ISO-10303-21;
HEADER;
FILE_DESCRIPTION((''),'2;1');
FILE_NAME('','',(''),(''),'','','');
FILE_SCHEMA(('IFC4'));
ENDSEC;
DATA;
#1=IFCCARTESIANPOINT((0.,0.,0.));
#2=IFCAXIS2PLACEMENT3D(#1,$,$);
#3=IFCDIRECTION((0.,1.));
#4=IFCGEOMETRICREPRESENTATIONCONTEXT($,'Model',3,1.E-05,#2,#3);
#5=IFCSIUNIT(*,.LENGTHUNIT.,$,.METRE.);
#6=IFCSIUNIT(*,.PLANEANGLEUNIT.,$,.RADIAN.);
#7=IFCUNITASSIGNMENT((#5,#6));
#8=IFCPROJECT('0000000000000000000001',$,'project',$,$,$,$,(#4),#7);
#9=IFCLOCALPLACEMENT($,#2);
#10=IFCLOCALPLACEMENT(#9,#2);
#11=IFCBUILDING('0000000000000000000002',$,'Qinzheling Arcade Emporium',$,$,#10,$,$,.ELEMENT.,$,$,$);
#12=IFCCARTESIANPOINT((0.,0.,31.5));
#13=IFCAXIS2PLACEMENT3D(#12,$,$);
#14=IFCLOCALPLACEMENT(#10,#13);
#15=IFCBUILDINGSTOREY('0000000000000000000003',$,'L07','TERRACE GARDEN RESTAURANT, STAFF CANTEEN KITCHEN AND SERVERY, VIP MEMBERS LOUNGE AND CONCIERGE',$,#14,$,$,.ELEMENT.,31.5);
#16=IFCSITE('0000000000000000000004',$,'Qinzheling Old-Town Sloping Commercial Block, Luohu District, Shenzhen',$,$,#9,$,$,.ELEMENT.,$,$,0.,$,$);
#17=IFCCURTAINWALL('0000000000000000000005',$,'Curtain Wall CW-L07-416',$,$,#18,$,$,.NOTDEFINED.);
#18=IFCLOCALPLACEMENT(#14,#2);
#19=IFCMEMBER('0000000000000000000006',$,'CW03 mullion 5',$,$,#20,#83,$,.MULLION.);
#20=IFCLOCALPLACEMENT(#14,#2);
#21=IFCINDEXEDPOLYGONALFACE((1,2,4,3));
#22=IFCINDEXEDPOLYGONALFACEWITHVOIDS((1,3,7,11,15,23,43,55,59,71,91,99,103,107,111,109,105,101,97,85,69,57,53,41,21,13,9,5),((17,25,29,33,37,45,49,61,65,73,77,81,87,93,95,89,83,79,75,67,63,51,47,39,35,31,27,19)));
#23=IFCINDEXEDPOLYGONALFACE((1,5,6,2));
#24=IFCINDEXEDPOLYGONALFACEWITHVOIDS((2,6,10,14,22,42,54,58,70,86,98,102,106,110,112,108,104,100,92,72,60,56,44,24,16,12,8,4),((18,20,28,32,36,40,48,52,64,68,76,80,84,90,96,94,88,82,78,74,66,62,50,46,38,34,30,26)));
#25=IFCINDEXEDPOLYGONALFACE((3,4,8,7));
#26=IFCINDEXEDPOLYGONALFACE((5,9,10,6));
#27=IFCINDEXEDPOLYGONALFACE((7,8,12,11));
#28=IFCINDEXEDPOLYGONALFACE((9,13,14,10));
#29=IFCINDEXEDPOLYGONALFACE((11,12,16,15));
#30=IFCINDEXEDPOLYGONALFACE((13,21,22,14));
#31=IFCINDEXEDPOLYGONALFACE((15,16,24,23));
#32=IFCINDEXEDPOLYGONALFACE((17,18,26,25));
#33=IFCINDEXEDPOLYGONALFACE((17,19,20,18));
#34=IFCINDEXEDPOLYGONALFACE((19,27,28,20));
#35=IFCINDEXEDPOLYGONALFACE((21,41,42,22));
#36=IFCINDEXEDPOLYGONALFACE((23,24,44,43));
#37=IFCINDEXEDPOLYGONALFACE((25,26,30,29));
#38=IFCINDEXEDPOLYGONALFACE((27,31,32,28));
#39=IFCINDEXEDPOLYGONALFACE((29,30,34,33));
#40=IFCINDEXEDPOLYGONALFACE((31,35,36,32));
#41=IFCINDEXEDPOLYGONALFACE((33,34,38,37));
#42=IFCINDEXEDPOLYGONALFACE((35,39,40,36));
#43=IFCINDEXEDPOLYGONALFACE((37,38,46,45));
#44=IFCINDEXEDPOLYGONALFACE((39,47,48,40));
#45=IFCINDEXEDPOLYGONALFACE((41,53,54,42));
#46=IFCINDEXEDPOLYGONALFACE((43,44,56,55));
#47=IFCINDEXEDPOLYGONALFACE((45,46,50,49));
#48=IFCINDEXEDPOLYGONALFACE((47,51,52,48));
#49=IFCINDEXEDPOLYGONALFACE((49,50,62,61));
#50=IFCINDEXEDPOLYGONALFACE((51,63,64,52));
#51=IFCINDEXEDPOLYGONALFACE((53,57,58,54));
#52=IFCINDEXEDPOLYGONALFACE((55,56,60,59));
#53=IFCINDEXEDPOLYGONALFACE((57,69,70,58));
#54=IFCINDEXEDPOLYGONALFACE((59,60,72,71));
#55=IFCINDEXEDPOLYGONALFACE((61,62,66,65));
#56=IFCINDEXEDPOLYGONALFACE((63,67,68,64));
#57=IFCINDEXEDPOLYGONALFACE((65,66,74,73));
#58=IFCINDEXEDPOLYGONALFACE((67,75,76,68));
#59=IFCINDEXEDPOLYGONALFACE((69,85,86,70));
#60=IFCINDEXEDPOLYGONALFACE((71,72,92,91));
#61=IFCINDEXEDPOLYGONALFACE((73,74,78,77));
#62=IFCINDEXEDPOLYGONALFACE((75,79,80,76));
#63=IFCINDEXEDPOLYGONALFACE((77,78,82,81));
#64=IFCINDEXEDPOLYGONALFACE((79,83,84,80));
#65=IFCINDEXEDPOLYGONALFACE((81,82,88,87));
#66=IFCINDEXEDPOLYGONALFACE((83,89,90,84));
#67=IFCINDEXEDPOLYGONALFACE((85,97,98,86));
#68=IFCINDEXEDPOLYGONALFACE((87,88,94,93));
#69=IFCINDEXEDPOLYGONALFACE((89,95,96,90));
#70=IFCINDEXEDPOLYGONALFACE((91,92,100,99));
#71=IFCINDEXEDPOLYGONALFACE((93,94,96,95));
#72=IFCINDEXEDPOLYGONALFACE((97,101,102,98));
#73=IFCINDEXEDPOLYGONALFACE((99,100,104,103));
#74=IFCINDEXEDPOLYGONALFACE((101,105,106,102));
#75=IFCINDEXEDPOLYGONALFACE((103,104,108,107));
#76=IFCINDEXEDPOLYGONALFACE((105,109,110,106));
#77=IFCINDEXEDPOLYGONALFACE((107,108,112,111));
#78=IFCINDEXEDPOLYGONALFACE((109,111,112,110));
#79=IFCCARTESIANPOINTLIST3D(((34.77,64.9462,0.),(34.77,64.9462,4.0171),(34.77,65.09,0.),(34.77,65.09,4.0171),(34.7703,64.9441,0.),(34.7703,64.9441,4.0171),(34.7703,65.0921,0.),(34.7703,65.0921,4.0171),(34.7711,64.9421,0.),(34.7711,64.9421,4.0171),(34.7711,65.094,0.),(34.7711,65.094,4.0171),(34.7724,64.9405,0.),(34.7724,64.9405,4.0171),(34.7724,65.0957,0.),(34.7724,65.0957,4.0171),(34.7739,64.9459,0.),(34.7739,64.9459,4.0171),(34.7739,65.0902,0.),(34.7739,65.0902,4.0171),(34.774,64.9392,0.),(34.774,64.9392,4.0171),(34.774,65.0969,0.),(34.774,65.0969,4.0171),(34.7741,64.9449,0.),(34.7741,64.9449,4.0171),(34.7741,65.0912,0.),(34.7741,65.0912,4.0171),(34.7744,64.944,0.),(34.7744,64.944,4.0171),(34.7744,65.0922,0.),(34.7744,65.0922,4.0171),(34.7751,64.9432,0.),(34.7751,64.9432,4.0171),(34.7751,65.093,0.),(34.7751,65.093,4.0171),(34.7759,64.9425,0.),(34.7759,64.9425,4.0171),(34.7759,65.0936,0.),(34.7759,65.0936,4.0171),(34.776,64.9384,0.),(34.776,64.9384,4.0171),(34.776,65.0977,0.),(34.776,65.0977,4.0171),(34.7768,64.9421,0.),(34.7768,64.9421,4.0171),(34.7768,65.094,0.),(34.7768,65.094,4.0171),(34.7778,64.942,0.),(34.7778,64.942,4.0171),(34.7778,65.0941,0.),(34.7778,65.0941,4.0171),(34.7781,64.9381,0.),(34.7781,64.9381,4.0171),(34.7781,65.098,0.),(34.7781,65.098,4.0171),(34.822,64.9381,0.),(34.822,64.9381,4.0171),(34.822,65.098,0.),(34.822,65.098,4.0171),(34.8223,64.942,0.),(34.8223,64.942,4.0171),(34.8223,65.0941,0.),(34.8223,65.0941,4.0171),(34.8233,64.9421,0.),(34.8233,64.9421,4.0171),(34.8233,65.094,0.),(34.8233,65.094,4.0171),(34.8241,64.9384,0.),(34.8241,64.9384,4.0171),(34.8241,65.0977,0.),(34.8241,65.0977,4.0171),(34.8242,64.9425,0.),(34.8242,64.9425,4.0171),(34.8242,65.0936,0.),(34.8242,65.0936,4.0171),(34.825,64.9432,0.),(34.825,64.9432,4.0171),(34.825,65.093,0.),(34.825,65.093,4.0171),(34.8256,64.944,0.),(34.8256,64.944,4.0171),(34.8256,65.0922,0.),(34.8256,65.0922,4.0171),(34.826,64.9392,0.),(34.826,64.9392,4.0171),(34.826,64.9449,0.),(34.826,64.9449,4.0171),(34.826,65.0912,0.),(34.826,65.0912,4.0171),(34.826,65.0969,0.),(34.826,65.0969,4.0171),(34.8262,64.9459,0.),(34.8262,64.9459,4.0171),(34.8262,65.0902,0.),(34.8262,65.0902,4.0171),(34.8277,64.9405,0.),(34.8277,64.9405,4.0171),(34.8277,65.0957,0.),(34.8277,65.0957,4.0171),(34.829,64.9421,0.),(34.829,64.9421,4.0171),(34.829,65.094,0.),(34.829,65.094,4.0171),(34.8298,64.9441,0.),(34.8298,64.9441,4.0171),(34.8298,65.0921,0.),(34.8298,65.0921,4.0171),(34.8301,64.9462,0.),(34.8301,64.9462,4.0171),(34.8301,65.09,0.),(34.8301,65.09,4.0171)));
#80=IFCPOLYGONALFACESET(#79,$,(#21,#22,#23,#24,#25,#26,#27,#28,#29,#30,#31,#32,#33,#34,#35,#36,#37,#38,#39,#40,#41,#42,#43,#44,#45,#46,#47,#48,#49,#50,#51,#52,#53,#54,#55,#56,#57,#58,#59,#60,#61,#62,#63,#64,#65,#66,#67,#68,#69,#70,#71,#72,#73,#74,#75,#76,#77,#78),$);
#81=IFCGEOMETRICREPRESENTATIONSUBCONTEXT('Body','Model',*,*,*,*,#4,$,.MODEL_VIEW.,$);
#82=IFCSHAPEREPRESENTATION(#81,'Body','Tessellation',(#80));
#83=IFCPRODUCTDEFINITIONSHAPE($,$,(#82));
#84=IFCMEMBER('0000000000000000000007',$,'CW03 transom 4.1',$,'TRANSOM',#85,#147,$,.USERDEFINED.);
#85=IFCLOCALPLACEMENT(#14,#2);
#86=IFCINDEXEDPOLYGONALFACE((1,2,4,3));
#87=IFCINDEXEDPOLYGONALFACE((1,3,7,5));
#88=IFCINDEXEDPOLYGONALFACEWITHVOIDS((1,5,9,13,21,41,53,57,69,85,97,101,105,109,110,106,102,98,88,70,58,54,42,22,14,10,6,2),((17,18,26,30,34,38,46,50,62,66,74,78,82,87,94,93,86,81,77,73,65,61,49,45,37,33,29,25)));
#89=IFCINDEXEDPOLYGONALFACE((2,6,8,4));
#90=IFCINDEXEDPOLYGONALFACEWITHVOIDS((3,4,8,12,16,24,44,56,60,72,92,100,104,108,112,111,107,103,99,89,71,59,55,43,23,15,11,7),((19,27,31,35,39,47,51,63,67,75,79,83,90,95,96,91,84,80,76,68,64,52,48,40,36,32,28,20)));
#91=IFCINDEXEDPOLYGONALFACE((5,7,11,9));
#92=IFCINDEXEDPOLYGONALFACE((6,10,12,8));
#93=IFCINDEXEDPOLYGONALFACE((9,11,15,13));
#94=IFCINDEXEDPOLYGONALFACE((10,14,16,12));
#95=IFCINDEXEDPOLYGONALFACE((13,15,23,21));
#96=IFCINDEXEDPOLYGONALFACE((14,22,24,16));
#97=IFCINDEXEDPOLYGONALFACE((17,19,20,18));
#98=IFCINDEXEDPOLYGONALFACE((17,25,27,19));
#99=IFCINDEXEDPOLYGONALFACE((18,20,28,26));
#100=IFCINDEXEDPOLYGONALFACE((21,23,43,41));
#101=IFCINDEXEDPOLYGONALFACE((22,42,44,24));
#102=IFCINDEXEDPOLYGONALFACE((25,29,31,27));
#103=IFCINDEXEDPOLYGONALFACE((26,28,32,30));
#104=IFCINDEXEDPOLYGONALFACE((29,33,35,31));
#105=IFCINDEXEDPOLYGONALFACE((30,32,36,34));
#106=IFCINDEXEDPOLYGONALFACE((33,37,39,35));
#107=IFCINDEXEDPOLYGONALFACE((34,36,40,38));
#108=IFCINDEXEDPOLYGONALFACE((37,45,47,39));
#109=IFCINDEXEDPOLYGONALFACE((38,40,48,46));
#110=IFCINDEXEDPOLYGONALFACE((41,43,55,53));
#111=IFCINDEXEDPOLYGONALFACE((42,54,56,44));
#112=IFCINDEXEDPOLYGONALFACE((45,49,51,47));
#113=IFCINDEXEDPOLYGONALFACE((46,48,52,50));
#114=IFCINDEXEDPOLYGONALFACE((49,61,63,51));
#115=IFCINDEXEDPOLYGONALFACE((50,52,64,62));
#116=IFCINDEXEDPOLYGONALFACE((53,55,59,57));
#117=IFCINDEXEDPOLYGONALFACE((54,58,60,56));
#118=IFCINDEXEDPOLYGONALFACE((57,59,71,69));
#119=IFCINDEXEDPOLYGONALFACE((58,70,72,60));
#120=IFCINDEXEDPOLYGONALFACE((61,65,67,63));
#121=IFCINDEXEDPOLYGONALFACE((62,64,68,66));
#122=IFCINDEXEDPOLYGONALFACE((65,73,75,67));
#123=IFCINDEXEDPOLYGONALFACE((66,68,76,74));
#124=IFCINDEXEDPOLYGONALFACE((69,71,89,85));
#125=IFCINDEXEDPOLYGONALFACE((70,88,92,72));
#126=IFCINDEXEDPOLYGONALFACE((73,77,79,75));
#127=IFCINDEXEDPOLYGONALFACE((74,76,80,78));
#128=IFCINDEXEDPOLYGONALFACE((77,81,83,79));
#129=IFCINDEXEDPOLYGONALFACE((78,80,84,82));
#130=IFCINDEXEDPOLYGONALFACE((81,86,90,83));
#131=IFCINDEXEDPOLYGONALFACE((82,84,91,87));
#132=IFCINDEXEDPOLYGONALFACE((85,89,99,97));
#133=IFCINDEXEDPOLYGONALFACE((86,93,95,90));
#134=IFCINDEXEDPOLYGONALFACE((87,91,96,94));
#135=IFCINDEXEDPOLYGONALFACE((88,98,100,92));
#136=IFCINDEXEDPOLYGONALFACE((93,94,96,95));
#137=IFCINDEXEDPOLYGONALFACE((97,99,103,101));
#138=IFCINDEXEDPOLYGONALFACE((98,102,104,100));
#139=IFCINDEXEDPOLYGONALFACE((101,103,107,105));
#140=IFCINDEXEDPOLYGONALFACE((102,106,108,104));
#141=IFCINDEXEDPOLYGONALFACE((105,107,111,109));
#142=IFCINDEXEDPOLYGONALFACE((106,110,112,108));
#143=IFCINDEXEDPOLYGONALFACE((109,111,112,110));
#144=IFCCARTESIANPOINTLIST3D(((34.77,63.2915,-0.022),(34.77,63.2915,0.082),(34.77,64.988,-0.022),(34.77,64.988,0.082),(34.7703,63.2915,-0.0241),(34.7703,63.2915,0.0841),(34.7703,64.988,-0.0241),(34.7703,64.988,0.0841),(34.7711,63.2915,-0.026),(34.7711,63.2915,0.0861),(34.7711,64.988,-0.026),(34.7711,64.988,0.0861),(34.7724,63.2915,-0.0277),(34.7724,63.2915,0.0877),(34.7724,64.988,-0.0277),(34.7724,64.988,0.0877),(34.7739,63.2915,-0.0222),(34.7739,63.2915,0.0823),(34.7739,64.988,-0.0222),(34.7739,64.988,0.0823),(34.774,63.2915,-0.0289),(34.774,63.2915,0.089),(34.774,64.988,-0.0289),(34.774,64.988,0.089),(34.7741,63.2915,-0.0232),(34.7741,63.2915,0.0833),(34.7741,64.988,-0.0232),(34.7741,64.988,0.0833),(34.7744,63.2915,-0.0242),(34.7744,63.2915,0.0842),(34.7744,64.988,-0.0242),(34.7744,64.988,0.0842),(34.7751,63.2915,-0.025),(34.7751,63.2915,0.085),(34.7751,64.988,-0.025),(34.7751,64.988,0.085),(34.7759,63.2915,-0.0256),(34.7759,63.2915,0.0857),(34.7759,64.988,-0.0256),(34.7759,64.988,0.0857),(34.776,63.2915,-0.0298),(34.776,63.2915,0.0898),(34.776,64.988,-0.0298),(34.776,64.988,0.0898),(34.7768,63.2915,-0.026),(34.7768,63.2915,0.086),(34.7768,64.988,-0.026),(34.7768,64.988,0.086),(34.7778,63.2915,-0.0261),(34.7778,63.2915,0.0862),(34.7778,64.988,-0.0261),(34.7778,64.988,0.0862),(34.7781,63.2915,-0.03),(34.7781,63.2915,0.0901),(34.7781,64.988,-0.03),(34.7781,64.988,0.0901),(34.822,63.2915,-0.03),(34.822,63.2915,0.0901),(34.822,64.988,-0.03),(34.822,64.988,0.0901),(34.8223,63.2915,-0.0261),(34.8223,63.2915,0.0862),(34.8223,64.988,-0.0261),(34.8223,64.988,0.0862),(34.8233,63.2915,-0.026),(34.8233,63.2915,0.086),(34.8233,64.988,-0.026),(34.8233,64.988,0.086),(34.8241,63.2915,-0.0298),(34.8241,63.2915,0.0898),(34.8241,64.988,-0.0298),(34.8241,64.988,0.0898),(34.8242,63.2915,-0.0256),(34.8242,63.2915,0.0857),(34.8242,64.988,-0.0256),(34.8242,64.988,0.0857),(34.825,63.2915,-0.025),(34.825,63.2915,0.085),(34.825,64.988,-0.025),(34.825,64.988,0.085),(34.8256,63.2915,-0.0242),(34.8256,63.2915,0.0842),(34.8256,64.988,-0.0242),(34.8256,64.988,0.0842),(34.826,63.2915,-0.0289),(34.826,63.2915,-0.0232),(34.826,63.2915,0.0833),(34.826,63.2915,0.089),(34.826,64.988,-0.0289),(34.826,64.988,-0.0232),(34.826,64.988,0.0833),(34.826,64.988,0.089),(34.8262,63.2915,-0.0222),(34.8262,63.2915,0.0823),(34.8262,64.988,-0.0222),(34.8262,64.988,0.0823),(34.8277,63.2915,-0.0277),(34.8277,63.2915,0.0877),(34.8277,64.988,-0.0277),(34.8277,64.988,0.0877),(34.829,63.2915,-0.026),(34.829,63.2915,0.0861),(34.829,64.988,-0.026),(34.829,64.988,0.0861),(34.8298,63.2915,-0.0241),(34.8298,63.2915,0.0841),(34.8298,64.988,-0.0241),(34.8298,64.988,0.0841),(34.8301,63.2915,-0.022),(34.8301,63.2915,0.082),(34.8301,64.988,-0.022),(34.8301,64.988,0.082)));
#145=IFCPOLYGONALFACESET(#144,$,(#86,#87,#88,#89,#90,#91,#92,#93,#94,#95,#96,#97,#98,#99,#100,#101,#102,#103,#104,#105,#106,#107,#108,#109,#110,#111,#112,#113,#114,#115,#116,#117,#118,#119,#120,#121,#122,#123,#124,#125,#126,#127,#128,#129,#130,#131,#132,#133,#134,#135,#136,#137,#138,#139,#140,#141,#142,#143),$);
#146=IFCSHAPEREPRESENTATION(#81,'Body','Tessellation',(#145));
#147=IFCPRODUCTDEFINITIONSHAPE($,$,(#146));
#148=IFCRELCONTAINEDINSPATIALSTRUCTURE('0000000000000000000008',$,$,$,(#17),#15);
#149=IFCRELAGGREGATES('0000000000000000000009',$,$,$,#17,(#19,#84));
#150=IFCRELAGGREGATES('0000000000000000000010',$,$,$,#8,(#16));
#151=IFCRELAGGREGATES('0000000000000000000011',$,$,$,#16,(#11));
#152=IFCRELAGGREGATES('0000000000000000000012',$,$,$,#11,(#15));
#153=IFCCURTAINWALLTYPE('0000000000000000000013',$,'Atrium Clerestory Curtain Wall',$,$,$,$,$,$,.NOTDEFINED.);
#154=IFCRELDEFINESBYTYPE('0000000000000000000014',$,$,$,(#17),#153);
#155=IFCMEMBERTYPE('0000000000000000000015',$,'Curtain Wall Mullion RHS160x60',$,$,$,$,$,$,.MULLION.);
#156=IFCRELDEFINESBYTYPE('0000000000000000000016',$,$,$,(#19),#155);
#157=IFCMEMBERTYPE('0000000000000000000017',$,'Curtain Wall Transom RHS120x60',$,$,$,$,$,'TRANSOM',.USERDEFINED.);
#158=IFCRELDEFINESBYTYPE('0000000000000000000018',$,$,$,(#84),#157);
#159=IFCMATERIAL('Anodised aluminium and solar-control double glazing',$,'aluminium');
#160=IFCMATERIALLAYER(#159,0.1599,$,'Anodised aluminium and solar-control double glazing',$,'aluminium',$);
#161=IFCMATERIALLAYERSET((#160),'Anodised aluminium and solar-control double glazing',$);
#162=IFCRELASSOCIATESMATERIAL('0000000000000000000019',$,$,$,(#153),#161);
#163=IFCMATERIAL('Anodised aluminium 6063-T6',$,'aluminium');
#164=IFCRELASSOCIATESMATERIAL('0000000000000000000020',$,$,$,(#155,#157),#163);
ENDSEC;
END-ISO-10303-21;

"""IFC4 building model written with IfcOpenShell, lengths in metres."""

from ifc_helpers import new_model, si_unit, direction, frame, origin, origin_2d, place, context, subcontext, project, spatial, hollow_rectangle, extrude, material, layer, layer_set, material_profile, profile_set, type_object, element, aggregate, save


model = new_model("IFC4")

# Units and contexts
model_context = context("Model", 3, precision=1e-05, world=origin(), true_north=direction((0.0, 1.0)))
body_context = subcontext(model_context, "Body", "Model", "MODEL_VIEW")
ifc_project = project(units=[si_unit("LENGTHUNIT", "METRE"), si_unit("PLANEANGLEUNIT", "RADIAN")], contexts=[model_context])

# Site, building, storey
site_placement = place(None, origin())
site = spatial("IfcSite", under=ifc_project, at=site_placement, Name="Qinzheling Old-Town Sloping Commercial Block, Luohu District, Shenzhen", CompositionType="ELEMENT", RefElevation=0.0)
building_placement = place(site_placement, origin())
building = spatial("IfcBuilding", under=site, at=building_placement, Name="Qinzheling Arcade Emporium", CompositionType="ELEMENT")
storey_placement = place(building_placement, frame((0.0, 0.0, 31.5)))
storey = spatial("IfcBuildingStorey", under=building, at=storey_placement, Name="L07", Description="TERRACE GARDEN RESTAURANT, STAFF CANTEEN KITCHEN AND SERVERY, VIP MEMBERS LOUNGE AND CONCIERGE", CompositionType="ELEMENT", Elevation=31.5)

# Curtain wall, members
ifc_material_1 = material(Name="Anodised aluminium and solar-control double glazing", Category="aluminium")
ifc_layer_1 = layer(ifc_material_1, 0.1599, Name="Anodised aluminium and solar-control double glazing", Category="aluminium")
ifc_layer_set_1 = layer_set([ifc_layer_1], Name="Anodised aluminium and solar-control double glazing")
curtain_wall_type = type_object("IfcCurtainWallType", Name="Atrium Clerestory Curtain Wall", PredefinedType="NOTDEFINED", material=ifc_layer_set_1)
curtain_wall_placement = place(storey_placement, origin())
curtain_wall = element("IfcCurtainWall", 1, at=curtain_wall_placement, inside=storey, type_object=curtain_wall_type, Name="Curtain Wall CW-L07-416", PredefinedType="NOTDEFINED")
ifc_material_2 = material(Name="Anodised aluminium 6063-T6", Category="aluminium")
ifc_material_profile_1 = material_profile(ifc_material_2, hollow_rectangle(XDim=0.0601, YDim=0.1599, WallThickness=0.0039, InnerFilletRadius=0.0039, OuterFilletRadius=0.0081, at=origin_2d()), Name="RHS 160x60x4", Category="aluminium")
ifc_profile_set_1 = profile_set([ifc_material_profile_1], Name="Anodised aluminium 6063-T6")
member_type_1 = type_object("IfcMemberType", Name="Curtain Wall Mullion RHS160x60", PredefinedType="MULLION", material=ifc_profile_set_1)
member_1_placement = place(storey_placement, frame((34.8, 65.0181, 0.0), z_axis=(0.0, 0.0, 1.0), x_axis=(-1.0, 0.0, 0.0)))
member_1 = element("IfcMember", 2, at=member_1_placement, type_object=member_type_1, Name="CW03 mullion 5", PredefinedType="MULLION", context=body_context, shape_type="SweptSolid", body=[
    extrude(hollow_rectangle(XDim=0.0601, YDim=0.1599, WallThickness=0.0039, InnerFilletRadius=0.0039, OuterFilletRadius=0.0081, at=origin_2d()), origin(), (0.0, 0.0, 1.0), 4.0171),
])
ifc_material_profile_2 = material_profile(ifc_material_2, hollow_rectangle(XDim=0.0601, YDim=0.1201, WallThickness=0.0039, InnerFilletRadius=0.0039, OuterFilletRadius=0.0081, at=origin_2d()), Name="RHS 120x60x4", Category="aluminium")
ifc_profile_set_2 = profile_set([ifc_material_profile_2], Name="Anodised aluminium 6063-T6")
member_type_2 = type_object("IfcMemberType", Name="Curtain Wall Transom RHS120x60", ElementType="TRANSOM", PredefinedType="USERDEFINED", material=ifc_profile_set_2)
member_2_placement = place(storey_placement, frame((34.8, 63.2915, 0.03), z_axis=(0.0, 1.0, 0.0), x_axis=(-1.0, 0.0, 0.0)))
member_2 = element("IfcMember", 3, at=member_2_placement, type_object=member_type_2, Name="CW03 transom 4.1", ObjectType="TRANSOM", PredefinedType="USERDEFINED", context=body_context, shape_type="SweptSolid", body=[
    extrude(hollow_rectangle(XDim=0.0601, YDim=0.1201, WallThickness=0.0039, InnerFilletRadius=0.0039, OuterFilletRadius=0.0081, at=origin_2d()), origin(), (0.0, 0.0, 1.0), 1.6965),
])

aggregate(curtain_wall, [member_1, member_2])

save(model, "model.ifc")
